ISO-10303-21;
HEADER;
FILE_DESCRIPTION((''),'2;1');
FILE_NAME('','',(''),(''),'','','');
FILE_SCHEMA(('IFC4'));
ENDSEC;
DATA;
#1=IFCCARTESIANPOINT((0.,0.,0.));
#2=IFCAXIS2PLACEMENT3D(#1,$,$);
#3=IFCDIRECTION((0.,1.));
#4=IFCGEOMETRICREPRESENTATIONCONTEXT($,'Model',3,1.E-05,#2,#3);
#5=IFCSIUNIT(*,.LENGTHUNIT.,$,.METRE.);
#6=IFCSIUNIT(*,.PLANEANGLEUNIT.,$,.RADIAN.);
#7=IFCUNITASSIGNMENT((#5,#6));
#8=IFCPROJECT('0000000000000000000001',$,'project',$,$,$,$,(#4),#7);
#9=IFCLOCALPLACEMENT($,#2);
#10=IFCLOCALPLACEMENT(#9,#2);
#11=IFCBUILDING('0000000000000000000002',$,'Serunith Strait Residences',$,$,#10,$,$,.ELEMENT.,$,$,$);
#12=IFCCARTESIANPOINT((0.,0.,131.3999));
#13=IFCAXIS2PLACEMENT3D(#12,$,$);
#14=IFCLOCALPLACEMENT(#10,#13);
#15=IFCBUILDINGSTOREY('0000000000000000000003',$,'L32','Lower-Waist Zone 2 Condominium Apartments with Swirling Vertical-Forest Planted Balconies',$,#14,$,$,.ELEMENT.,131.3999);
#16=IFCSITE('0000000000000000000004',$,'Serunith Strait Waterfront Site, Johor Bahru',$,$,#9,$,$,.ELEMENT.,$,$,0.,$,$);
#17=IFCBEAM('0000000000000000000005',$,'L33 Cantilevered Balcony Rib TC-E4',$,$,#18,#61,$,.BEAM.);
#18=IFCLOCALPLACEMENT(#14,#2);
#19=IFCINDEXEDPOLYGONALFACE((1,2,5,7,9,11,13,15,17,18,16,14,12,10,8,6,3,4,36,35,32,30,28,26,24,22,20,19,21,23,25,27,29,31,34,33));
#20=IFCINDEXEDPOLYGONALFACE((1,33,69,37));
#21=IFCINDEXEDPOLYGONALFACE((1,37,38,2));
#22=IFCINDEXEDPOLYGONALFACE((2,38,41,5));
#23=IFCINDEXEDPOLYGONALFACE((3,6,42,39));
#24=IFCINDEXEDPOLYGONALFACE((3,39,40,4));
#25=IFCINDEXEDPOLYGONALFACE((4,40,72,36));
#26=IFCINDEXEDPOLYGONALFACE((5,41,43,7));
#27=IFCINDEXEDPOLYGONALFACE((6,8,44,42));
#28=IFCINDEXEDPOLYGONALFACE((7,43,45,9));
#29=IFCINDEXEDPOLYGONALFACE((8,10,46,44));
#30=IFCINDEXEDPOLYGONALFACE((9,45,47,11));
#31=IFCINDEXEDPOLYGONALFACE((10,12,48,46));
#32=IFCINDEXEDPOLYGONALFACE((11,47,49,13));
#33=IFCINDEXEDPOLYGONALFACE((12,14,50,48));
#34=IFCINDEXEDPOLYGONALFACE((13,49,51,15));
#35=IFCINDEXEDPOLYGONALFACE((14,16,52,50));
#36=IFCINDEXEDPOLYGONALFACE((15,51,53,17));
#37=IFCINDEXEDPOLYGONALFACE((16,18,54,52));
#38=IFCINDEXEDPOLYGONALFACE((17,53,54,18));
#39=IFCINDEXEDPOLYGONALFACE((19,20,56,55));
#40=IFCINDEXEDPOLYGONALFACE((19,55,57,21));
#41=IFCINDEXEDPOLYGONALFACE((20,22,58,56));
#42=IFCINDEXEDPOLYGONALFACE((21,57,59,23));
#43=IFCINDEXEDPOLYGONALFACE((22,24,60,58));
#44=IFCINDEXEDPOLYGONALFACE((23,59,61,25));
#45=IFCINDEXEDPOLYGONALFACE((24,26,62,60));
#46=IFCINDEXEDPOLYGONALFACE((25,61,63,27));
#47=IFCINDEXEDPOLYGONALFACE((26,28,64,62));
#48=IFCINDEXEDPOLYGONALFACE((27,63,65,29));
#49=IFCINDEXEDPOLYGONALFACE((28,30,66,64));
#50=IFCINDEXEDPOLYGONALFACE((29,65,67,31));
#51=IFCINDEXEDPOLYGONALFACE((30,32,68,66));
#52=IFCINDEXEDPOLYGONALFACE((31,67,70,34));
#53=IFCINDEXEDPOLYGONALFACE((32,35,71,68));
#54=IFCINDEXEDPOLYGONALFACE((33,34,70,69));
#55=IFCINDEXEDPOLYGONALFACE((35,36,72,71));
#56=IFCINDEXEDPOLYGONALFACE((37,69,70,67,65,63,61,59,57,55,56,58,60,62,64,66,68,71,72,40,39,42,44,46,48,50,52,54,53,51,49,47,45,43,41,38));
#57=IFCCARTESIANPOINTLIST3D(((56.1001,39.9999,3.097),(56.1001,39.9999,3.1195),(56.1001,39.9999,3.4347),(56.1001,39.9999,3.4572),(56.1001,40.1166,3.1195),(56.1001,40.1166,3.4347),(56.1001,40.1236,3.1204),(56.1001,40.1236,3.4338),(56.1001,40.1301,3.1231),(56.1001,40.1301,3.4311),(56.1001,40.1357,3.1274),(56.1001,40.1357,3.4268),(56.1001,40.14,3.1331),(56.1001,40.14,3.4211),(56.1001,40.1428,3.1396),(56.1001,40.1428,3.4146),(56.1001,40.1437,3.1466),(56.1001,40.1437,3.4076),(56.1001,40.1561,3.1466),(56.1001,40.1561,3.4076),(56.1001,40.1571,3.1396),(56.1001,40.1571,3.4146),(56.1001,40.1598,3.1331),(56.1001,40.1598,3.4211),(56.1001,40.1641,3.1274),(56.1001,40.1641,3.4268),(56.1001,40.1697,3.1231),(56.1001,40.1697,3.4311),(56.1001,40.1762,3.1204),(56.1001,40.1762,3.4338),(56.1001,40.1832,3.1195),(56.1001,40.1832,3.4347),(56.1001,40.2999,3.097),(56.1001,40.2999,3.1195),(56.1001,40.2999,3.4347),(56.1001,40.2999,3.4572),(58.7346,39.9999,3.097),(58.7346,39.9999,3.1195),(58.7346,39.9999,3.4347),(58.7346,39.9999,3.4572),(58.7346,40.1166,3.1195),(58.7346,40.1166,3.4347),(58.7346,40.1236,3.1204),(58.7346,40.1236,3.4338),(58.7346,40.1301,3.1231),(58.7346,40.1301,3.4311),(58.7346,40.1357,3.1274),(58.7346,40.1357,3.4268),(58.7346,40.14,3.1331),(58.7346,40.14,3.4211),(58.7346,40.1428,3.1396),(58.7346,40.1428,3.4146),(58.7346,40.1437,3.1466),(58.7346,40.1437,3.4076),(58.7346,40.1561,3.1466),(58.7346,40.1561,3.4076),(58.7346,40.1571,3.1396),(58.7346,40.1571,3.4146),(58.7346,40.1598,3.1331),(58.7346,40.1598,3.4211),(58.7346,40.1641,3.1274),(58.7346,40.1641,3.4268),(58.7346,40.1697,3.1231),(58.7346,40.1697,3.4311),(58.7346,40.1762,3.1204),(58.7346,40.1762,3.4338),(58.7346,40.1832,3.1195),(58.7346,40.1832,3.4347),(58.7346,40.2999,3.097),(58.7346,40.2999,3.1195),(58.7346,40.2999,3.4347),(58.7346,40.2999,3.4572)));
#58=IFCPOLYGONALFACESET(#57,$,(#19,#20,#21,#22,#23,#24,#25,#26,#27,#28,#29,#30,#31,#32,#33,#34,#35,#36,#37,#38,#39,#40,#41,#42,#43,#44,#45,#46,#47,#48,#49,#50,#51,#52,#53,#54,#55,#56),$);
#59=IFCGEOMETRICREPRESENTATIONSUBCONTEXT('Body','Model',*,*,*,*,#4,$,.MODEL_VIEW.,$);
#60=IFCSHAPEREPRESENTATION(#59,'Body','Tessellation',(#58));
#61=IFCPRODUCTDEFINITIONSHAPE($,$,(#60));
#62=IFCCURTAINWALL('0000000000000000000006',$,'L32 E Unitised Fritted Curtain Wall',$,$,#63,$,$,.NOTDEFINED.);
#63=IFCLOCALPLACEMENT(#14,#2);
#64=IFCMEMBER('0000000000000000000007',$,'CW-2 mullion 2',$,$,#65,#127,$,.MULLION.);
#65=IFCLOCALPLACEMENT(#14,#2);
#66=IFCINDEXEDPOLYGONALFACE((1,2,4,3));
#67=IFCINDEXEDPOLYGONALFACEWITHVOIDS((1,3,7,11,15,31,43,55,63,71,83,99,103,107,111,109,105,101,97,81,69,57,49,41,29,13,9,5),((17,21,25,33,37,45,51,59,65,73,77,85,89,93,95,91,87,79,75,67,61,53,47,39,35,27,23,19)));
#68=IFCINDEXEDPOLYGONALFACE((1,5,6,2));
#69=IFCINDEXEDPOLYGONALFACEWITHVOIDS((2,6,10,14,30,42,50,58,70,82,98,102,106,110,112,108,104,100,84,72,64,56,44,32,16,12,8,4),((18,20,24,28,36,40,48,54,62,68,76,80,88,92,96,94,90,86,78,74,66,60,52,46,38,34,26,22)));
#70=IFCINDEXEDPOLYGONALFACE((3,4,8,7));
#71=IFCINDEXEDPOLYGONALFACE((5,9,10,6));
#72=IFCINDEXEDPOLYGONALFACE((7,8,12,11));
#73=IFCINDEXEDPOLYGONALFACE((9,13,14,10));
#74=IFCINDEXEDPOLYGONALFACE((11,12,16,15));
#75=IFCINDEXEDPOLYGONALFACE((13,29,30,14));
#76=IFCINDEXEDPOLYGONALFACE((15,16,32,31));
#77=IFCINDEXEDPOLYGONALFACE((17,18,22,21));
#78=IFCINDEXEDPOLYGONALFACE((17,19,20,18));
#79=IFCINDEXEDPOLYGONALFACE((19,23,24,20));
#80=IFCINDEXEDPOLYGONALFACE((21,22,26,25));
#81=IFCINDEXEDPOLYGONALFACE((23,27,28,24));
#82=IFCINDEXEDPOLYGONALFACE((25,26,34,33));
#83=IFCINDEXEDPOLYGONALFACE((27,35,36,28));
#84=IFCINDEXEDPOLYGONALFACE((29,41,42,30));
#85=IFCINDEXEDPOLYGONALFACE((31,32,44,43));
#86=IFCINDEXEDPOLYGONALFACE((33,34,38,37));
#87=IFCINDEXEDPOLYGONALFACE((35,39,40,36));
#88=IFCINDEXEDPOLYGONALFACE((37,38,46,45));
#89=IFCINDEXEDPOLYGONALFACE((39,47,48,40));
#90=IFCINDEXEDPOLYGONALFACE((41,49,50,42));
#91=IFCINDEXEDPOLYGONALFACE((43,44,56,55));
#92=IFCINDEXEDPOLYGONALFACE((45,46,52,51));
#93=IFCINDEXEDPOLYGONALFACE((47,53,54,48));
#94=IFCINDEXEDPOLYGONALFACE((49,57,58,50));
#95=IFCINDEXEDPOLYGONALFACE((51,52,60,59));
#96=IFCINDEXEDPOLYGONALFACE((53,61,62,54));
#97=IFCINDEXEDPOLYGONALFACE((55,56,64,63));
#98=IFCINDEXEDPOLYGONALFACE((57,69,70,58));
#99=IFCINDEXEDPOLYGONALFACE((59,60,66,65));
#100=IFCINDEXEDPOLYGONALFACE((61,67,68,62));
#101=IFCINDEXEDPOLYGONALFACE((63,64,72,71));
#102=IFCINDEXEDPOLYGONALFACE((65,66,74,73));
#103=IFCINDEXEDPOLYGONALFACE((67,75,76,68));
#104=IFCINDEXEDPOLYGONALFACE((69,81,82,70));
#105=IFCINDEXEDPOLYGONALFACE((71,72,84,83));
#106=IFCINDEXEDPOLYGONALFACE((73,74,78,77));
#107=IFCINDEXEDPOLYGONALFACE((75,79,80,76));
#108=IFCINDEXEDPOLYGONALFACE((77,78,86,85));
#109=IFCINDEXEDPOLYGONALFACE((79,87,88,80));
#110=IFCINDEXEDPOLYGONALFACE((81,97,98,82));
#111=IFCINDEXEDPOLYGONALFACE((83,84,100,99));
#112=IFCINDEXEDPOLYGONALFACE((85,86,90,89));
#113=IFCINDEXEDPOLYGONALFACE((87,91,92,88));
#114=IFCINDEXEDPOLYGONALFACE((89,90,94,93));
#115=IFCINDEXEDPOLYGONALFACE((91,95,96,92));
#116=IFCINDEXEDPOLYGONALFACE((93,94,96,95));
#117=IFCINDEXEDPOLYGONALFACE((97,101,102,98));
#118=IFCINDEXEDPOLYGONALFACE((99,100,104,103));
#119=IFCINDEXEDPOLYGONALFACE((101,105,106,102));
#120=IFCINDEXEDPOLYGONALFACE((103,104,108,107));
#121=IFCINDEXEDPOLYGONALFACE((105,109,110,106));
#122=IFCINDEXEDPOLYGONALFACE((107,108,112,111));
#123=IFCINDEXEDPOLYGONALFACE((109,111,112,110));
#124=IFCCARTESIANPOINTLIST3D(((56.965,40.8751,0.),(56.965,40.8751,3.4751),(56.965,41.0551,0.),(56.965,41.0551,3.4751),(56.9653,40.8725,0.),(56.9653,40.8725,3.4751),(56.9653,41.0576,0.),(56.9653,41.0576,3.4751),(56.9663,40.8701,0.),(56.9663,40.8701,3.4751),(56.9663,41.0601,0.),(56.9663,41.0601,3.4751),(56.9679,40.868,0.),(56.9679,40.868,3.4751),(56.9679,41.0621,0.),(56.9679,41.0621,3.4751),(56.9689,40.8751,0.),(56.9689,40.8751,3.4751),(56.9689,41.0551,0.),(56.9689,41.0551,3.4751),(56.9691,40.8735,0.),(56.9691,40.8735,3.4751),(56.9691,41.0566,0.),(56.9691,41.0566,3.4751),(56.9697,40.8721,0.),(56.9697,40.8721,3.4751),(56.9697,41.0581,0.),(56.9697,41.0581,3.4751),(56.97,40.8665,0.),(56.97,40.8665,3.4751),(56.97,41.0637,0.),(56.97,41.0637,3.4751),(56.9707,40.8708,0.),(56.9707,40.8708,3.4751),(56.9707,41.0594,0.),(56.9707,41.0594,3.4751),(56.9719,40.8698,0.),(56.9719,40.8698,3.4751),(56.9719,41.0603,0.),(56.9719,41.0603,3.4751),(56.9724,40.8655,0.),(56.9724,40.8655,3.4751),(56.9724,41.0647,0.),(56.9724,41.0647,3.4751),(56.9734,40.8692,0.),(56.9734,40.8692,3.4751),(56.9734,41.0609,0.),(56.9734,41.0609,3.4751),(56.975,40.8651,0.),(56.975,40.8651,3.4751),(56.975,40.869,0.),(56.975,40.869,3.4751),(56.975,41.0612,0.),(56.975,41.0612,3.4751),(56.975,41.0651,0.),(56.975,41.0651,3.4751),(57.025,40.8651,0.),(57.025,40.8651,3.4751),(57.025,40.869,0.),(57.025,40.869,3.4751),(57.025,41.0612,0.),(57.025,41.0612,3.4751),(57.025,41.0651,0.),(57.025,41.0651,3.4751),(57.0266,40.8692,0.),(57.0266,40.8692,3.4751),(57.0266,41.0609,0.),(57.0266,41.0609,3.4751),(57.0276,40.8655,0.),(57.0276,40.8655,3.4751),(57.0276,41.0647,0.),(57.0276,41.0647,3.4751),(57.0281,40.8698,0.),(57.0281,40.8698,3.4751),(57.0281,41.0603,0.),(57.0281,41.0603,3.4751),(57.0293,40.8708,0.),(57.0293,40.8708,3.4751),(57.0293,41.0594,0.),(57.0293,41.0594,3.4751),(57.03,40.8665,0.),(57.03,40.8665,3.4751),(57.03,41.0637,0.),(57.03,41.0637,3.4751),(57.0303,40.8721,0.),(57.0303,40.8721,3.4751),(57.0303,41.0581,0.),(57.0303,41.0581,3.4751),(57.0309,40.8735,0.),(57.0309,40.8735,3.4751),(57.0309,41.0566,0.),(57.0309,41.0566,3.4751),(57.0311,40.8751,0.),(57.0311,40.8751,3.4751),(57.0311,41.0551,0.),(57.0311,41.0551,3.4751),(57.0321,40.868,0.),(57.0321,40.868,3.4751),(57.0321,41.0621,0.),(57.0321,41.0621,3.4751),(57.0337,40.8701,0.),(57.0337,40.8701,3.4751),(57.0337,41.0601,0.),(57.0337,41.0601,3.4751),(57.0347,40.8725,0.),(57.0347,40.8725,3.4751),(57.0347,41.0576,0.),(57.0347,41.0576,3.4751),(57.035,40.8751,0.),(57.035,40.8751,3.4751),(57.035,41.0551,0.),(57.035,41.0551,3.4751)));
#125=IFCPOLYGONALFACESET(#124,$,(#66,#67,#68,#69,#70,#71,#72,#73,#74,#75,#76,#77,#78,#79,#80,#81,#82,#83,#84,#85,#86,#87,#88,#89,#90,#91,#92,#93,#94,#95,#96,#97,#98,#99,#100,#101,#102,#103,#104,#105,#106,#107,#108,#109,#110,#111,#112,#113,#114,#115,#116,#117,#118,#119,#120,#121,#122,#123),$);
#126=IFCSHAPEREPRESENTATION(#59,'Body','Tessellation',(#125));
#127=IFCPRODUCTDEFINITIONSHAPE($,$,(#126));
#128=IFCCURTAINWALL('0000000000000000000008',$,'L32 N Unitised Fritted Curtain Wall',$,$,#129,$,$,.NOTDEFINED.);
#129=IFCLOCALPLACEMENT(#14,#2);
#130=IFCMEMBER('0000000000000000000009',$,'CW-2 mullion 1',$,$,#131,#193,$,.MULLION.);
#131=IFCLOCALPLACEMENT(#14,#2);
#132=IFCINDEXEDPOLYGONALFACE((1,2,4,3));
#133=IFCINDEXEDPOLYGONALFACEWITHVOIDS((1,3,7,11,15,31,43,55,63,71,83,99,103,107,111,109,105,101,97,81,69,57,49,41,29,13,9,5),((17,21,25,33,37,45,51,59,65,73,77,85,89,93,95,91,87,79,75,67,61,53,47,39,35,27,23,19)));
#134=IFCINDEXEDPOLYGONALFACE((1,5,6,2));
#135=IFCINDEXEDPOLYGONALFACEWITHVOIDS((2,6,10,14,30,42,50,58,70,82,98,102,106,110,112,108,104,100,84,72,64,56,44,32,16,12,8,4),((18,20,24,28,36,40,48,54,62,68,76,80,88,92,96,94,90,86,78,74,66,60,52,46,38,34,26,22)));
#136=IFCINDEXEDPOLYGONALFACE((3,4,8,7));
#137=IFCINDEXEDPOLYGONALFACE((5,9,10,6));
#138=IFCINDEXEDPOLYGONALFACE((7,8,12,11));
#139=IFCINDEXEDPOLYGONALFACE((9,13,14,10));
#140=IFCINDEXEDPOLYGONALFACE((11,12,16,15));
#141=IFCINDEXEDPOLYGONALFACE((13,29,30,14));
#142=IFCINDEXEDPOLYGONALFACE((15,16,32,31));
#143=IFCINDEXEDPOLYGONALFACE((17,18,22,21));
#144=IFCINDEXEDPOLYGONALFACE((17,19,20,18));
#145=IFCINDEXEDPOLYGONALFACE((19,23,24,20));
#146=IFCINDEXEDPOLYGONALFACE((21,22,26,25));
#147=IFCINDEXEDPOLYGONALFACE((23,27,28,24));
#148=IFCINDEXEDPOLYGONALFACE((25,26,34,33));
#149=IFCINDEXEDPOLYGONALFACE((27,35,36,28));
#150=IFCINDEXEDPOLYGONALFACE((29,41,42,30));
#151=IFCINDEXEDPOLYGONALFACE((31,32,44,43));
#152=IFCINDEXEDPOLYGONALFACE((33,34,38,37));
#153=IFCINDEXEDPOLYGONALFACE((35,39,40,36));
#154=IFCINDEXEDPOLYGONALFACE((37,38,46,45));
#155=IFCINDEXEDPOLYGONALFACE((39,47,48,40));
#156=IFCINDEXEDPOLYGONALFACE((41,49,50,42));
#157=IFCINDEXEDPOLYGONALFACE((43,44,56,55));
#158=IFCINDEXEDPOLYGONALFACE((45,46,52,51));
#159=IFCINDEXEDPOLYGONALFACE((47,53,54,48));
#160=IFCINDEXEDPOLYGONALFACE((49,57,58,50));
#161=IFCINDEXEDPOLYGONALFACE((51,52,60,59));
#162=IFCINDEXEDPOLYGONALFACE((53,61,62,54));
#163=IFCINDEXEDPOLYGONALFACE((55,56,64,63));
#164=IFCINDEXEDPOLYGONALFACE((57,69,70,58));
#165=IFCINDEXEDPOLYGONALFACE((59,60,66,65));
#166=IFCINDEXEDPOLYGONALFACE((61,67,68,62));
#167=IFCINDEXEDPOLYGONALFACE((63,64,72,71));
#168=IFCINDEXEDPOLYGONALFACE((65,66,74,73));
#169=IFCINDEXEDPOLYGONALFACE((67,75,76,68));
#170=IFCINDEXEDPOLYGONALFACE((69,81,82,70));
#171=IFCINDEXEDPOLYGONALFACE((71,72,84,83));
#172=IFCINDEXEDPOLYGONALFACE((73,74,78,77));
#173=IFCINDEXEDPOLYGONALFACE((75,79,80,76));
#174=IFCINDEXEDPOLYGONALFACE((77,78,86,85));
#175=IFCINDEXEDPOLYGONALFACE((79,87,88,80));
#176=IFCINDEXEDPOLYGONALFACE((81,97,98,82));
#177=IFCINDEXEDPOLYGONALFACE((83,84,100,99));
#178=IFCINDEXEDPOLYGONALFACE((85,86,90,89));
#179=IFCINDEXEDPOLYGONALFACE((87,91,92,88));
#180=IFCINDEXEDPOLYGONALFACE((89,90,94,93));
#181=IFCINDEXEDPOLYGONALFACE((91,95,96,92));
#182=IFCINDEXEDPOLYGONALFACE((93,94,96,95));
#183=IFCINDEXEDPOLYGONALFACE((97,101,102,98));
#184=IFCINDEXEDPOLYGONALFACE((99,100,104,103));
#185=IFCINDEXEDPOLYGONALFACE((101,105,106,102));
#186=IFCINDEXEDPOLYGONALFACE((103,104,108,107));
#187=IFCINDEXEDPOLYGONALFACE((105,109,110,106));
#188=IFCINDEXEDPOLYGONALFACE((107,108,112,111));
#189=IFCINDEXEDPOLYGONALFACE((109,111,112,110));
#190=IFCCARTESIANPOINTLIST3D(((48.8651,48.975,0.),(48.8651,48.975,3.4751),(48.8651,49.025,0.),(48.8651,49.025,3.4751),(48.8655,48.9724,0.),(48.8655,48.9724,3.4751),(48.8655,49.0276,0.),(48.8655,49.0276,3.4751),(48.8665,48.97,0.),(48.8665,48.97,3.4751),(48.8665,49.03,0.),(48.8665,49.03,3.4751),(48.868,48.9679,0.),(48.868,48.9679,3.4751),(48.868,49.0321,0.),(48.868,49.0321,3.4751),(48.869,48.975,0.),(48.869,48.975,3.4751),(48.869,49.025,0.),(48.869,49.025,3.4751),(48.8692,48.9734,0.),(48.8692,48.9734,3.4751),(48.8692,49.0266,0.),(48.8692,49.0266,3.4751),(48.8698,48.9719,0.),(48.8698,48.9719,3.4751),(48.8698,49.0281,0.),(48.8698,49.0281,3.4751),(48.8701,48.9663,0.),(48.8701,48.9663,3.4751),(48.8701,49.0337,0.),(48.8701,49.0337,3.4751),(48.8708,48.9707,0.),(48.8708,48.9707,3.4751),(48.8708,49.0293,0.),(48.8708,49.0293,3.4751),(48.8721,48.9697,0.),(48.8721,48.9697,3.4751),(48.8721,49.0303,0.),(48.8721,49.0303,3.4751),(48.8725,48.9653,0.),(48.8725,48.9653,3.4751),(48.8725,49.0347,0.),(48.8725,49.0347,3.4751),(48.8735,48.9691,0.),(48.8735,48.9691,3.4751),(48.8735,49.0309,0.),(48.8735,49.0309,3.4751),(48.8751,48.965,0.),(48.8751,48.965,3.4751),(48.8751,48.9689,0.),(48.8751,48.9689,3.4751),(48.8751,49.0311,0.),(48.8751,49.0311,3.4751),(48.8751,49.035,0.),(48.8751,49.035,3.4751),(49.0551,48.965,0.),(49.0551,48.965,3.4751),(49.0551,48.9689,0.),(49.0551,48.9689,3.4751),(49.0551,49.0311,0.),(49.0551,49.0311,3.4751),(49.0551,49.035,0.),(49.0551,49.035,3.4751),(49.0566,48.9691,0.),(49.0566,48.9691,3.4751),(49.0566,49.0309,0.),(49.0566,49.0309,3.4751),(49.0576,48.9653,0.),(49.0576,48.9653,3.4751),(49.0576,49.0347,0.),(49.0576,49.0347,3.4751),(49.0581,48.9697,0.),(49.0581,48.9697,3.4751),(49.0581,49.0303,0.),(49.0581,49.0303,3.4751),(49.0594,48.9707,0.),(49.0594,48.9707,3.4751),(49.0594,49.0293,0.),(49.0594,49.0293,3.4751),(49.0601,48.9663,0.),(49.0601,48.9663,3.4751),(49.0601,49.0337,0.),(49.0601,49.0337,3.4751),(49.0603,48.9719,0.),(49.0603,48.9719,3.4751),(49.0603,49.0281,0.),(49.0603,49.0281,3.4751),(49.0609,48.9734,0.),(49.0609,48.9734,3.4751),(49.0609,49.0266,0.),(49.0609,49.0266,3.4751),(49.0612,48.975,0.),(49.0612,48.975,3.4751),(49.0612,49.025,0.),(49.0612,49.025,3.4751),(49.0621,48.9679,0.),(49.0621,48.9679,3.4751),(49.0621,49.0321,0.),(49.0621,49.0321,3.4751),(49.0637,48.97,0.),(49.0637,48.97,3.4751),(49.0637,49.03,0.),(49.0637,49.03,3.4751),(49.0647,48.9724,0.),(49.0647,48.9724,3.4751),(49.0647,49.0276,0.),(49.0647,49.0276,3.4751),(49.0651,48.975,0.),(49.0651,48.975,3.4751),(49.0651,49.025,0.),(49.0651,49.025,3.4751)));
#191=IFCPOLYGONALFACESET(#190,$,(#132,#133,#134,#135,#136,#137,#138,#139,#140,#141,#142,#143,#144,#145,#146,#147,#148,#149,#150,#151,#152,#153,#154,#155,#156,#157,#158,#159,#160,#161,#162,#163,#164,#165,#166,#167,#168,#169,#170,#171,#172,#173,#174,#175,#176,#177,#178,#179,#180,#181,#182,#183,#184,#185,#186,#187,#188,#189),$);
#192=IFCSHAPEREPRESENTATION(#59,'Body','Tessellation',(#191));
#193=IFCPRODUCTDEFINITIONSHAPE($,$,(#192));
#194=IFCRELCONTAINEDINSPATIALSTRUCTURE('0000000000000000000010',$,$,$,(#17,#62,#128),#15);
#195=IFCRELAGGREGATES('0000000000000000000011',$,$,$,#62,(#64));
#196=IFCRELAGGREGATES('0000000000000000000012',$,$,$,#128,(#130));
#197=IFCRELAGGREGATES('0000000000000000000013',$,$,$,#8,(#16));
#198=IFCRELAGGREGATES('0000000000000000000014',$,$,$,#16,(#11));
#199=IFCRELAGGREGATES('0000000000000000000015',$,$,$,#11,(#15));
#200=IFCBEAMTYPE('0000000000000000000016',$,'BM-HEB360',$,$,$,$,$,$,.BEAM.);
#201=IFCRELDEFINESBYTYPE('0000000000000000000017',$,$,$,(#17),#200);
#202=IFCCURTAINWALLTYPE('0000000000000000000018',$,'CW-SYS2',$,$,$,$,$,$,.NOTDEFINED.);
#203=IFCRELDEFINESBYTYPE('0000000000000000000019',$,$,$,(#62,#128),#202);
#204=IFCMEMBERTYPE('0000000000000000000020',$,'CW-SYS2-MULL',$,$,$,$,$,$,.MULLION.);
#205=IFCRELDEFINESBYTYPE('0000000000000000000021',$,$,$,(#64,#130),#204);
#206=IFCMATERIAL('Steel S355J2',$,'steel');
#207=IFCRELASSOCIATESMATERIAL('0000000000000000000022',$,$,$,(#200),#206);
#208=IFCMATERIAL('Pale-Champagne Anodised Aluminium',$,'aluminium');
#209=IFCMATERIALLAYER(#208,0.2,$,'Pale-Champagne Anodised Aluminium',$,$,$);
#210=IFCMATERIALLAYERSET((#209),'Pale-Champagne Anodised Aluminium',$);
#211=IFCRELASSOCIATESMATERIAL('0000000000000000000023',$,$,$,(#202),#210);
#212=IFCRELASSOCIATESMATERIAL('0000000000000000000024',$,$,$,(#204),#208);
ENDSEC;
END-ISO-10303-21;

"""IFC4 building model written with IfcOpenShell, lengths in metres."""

from ifc_helpers import new_model, si_unit, direction, frame, origin, origin_2d, place, context, subcontext, project, spatial, hollow_rectangle, i_section, extrude, source, transform, mapped, material, layer, layer_set, material_profile, profile_set, type_object, element, aggregate, save


model = new_model("IFC4")

# Units and contexts
model_context = context("Model", 3, precision=1e-05, world=origin(), true_north=direction((0.0, 1.0)))
body_context = subcontext(model_context, "Body", "Model", "MODEL_VIEW")
ifc_project = project(units=[si_unit("LENGTHUNIT", "METRE"), si_unit("PLANEANGLEUNIT", "RADIAN")], contexts=[model_context])

# Site, building, storey
site_placement = place(None, origin())
site = spatial("IfcSite", under=ifc_project, at=site_placement, Name="Serunith Strait Waterfront Site, Johor Bahru", CompositionType="ELEMENT", RefElevation=0.0)
building_placement = place(site_placement, origin())
building = spatial("IfcBuilding", under=site, at=building_placement, Name="Serunith Strait Residences", CompositionType="ELEMENT")
storey_placement = place(building_placement, frame((0.0, 0.0, 131.3999)))
storey = spatial("IfcBuildingStorey", under=building, at=storey_placement, Name="L32", Description="Lower-Waist Zone 2 Condominium Apartments with Swirling Vertical-Forest Planted Balconies", CompositionType="ELEMENT", Elevation=131.3999)

# Beam
ifc_material_1 = material(Name="Steel S355J2", Category="steel")
ifc_material_profile_1 = material_profile(ifc_material_1, i_section(OverallWidth=0.3, OverallDepth=0.3601, WebThickness=0.0125, FlangeThickness=0.0225, FilletRadius=0.0271, at=origin_2d()), Name="HEB 360")
ifc_profile_set_1 = profile_set([ifc_material_profile_1], Name="Steel S355J2")
beam_type_1 = type_object("IfcBeamType", Name="BM-HEB360", PredefinedType="BEAM", material=ifc_profile_set_1)
shared_shape_1 = source(origin(), body_context, "Body", "SweptSolid", [
    extrude(i_section(OverallWidth=0.3, OverallDepth=0.3601, WebThickness=0.0125, FlangeThickness=0.0225, FilletRadius=0.0271, at=origin_2d()), origin(), (0.0, 0.0, 1.0), 2.6345),
])
beam_1_placement = place(storey_placement, frame((56.1001, 40.1499, 3.2771), z_axis=(1.0, 0.0, 0.0), x_axis=(0.0, 1.0, 0.0)))
element("IfcBeam", 1, at=beam_1_placement, inside=storey, type_object=beam_type_1, Name="L33 Cantilevered Balcony Rib TC-E4", PredefinedType="BEAM", context=body_context, shape_type="MappedRepresentation", body=[
    mapped(shared_shape_1, transform((0.0, 0.0, 0.0), scale=1.0)),
])

# Curtain wall, member
ifc_material_2 = material(Name="Pale-Champagne Anodised Aluminium", Category="aluminium")
ifc_layer_1 = layer(ifc_material_2, 0.2, Name="Pale-Champagne Anodised Aluminium")
ifc_layer_set_1 = layer_set([ifc_layer_1], Name="Pale-Champagne Anodised Aluminium")
curtain_wall_type = type_object("IfcCurtainWallType", Name="CW-SYS2", PredefinedType="NOTDEFINED", material=ifc_layer_set_1)
curtain_wall_1_placement = place(storey_placement, origin())
curtain_wall_1 = element("IfcCurtainWall", 2, at=curtain_wall_1_placement, inside=storey, type_object=curtain_wall_type, Name="L32 E Unitised Fritted Curtain Wall", PredefinedType="NOTDEFINED")
ifc_material_profile_2 = material_profile(ifc_material_2, hollow_rectangle(XDim=0.0701, YDim=0.2, WallThickness=0.0039, InnerFilletRadius=0.0061, OuterFilletRadius=0.01, at=origin_2d()), Name="ALU 200x70x4")
ifc_profile_set_2 = profile_set([ifc_material_profile_2], Name="Pale-Champagne Anodised Aluminium")
member_type_1 = type_object("IfcMemberType", Name="CW-SYS2-MULL", PredefinedType="MULLION", material=ifc_profile_set_2)
shared_shape_2 = source(origin(), body_context, "Body", "SweptSolid", [
    extrude(hollow_rectangle(XDim=0.0701, YDim=0.2, WallThickness=0.0039, InnerFilletRadius=0.0061, OuterFilletRadius=0.01, at=origin_2d()), origin(), (0.0, 0.0, 1.0), 3.4751),
])
member_1_placement = place(storey_placement, frame((57.0, 40.9651, 0.0), z_axis=(0.0, 0.0, 1.0), x_axis=(-1.0, 0.0, 0.0)))
member_1 = element("IfcMember", 3, at=member_1_placement, type_object=member_type_1, Name="CW-2 mullion 2", PredefinedType="MULLION", context=body_context, shape_type="MappedRepresentation", body=[
    mapped(shared_shape_2, transform((0.0, 0.0, 0.0), scale=1.0)),
])
aggregate(curtain_wall_1, [member_1])

# Curtain wall, member
curtain_wall_2_placement = place(storey_placement, origin())
curtain_wall_2 = element("IfcCurtainWall", 4, at=curtain_wall_2_placement, inside=storey, type_object=curtain_wall_type, Name="L32 N Unitised Fritted Curtain Wall", PredefinedType="NOTDEFINED")
member_2_placement = place(storey_placement, frame((48.9651, 49.0, 0.0), z_axis=(0.0, 0.0, 1.0), x_axis=(0.0, -1.0, 0.0)))
member_2 = element("IfcMember", 5, at=member_2_placement, type_object=member_type_1, Name="CW-2 mullion 1", PredefinedType="MULLION", context=body_context, shape_type="MappedRepresentation", body=[
    mapped(shared_shape_2, transform((0.0, 0.0, 0.0), scale=1.0)),
])
aggregate(curtain_wall_2, [member_2])

save(model, "model.ifc")
